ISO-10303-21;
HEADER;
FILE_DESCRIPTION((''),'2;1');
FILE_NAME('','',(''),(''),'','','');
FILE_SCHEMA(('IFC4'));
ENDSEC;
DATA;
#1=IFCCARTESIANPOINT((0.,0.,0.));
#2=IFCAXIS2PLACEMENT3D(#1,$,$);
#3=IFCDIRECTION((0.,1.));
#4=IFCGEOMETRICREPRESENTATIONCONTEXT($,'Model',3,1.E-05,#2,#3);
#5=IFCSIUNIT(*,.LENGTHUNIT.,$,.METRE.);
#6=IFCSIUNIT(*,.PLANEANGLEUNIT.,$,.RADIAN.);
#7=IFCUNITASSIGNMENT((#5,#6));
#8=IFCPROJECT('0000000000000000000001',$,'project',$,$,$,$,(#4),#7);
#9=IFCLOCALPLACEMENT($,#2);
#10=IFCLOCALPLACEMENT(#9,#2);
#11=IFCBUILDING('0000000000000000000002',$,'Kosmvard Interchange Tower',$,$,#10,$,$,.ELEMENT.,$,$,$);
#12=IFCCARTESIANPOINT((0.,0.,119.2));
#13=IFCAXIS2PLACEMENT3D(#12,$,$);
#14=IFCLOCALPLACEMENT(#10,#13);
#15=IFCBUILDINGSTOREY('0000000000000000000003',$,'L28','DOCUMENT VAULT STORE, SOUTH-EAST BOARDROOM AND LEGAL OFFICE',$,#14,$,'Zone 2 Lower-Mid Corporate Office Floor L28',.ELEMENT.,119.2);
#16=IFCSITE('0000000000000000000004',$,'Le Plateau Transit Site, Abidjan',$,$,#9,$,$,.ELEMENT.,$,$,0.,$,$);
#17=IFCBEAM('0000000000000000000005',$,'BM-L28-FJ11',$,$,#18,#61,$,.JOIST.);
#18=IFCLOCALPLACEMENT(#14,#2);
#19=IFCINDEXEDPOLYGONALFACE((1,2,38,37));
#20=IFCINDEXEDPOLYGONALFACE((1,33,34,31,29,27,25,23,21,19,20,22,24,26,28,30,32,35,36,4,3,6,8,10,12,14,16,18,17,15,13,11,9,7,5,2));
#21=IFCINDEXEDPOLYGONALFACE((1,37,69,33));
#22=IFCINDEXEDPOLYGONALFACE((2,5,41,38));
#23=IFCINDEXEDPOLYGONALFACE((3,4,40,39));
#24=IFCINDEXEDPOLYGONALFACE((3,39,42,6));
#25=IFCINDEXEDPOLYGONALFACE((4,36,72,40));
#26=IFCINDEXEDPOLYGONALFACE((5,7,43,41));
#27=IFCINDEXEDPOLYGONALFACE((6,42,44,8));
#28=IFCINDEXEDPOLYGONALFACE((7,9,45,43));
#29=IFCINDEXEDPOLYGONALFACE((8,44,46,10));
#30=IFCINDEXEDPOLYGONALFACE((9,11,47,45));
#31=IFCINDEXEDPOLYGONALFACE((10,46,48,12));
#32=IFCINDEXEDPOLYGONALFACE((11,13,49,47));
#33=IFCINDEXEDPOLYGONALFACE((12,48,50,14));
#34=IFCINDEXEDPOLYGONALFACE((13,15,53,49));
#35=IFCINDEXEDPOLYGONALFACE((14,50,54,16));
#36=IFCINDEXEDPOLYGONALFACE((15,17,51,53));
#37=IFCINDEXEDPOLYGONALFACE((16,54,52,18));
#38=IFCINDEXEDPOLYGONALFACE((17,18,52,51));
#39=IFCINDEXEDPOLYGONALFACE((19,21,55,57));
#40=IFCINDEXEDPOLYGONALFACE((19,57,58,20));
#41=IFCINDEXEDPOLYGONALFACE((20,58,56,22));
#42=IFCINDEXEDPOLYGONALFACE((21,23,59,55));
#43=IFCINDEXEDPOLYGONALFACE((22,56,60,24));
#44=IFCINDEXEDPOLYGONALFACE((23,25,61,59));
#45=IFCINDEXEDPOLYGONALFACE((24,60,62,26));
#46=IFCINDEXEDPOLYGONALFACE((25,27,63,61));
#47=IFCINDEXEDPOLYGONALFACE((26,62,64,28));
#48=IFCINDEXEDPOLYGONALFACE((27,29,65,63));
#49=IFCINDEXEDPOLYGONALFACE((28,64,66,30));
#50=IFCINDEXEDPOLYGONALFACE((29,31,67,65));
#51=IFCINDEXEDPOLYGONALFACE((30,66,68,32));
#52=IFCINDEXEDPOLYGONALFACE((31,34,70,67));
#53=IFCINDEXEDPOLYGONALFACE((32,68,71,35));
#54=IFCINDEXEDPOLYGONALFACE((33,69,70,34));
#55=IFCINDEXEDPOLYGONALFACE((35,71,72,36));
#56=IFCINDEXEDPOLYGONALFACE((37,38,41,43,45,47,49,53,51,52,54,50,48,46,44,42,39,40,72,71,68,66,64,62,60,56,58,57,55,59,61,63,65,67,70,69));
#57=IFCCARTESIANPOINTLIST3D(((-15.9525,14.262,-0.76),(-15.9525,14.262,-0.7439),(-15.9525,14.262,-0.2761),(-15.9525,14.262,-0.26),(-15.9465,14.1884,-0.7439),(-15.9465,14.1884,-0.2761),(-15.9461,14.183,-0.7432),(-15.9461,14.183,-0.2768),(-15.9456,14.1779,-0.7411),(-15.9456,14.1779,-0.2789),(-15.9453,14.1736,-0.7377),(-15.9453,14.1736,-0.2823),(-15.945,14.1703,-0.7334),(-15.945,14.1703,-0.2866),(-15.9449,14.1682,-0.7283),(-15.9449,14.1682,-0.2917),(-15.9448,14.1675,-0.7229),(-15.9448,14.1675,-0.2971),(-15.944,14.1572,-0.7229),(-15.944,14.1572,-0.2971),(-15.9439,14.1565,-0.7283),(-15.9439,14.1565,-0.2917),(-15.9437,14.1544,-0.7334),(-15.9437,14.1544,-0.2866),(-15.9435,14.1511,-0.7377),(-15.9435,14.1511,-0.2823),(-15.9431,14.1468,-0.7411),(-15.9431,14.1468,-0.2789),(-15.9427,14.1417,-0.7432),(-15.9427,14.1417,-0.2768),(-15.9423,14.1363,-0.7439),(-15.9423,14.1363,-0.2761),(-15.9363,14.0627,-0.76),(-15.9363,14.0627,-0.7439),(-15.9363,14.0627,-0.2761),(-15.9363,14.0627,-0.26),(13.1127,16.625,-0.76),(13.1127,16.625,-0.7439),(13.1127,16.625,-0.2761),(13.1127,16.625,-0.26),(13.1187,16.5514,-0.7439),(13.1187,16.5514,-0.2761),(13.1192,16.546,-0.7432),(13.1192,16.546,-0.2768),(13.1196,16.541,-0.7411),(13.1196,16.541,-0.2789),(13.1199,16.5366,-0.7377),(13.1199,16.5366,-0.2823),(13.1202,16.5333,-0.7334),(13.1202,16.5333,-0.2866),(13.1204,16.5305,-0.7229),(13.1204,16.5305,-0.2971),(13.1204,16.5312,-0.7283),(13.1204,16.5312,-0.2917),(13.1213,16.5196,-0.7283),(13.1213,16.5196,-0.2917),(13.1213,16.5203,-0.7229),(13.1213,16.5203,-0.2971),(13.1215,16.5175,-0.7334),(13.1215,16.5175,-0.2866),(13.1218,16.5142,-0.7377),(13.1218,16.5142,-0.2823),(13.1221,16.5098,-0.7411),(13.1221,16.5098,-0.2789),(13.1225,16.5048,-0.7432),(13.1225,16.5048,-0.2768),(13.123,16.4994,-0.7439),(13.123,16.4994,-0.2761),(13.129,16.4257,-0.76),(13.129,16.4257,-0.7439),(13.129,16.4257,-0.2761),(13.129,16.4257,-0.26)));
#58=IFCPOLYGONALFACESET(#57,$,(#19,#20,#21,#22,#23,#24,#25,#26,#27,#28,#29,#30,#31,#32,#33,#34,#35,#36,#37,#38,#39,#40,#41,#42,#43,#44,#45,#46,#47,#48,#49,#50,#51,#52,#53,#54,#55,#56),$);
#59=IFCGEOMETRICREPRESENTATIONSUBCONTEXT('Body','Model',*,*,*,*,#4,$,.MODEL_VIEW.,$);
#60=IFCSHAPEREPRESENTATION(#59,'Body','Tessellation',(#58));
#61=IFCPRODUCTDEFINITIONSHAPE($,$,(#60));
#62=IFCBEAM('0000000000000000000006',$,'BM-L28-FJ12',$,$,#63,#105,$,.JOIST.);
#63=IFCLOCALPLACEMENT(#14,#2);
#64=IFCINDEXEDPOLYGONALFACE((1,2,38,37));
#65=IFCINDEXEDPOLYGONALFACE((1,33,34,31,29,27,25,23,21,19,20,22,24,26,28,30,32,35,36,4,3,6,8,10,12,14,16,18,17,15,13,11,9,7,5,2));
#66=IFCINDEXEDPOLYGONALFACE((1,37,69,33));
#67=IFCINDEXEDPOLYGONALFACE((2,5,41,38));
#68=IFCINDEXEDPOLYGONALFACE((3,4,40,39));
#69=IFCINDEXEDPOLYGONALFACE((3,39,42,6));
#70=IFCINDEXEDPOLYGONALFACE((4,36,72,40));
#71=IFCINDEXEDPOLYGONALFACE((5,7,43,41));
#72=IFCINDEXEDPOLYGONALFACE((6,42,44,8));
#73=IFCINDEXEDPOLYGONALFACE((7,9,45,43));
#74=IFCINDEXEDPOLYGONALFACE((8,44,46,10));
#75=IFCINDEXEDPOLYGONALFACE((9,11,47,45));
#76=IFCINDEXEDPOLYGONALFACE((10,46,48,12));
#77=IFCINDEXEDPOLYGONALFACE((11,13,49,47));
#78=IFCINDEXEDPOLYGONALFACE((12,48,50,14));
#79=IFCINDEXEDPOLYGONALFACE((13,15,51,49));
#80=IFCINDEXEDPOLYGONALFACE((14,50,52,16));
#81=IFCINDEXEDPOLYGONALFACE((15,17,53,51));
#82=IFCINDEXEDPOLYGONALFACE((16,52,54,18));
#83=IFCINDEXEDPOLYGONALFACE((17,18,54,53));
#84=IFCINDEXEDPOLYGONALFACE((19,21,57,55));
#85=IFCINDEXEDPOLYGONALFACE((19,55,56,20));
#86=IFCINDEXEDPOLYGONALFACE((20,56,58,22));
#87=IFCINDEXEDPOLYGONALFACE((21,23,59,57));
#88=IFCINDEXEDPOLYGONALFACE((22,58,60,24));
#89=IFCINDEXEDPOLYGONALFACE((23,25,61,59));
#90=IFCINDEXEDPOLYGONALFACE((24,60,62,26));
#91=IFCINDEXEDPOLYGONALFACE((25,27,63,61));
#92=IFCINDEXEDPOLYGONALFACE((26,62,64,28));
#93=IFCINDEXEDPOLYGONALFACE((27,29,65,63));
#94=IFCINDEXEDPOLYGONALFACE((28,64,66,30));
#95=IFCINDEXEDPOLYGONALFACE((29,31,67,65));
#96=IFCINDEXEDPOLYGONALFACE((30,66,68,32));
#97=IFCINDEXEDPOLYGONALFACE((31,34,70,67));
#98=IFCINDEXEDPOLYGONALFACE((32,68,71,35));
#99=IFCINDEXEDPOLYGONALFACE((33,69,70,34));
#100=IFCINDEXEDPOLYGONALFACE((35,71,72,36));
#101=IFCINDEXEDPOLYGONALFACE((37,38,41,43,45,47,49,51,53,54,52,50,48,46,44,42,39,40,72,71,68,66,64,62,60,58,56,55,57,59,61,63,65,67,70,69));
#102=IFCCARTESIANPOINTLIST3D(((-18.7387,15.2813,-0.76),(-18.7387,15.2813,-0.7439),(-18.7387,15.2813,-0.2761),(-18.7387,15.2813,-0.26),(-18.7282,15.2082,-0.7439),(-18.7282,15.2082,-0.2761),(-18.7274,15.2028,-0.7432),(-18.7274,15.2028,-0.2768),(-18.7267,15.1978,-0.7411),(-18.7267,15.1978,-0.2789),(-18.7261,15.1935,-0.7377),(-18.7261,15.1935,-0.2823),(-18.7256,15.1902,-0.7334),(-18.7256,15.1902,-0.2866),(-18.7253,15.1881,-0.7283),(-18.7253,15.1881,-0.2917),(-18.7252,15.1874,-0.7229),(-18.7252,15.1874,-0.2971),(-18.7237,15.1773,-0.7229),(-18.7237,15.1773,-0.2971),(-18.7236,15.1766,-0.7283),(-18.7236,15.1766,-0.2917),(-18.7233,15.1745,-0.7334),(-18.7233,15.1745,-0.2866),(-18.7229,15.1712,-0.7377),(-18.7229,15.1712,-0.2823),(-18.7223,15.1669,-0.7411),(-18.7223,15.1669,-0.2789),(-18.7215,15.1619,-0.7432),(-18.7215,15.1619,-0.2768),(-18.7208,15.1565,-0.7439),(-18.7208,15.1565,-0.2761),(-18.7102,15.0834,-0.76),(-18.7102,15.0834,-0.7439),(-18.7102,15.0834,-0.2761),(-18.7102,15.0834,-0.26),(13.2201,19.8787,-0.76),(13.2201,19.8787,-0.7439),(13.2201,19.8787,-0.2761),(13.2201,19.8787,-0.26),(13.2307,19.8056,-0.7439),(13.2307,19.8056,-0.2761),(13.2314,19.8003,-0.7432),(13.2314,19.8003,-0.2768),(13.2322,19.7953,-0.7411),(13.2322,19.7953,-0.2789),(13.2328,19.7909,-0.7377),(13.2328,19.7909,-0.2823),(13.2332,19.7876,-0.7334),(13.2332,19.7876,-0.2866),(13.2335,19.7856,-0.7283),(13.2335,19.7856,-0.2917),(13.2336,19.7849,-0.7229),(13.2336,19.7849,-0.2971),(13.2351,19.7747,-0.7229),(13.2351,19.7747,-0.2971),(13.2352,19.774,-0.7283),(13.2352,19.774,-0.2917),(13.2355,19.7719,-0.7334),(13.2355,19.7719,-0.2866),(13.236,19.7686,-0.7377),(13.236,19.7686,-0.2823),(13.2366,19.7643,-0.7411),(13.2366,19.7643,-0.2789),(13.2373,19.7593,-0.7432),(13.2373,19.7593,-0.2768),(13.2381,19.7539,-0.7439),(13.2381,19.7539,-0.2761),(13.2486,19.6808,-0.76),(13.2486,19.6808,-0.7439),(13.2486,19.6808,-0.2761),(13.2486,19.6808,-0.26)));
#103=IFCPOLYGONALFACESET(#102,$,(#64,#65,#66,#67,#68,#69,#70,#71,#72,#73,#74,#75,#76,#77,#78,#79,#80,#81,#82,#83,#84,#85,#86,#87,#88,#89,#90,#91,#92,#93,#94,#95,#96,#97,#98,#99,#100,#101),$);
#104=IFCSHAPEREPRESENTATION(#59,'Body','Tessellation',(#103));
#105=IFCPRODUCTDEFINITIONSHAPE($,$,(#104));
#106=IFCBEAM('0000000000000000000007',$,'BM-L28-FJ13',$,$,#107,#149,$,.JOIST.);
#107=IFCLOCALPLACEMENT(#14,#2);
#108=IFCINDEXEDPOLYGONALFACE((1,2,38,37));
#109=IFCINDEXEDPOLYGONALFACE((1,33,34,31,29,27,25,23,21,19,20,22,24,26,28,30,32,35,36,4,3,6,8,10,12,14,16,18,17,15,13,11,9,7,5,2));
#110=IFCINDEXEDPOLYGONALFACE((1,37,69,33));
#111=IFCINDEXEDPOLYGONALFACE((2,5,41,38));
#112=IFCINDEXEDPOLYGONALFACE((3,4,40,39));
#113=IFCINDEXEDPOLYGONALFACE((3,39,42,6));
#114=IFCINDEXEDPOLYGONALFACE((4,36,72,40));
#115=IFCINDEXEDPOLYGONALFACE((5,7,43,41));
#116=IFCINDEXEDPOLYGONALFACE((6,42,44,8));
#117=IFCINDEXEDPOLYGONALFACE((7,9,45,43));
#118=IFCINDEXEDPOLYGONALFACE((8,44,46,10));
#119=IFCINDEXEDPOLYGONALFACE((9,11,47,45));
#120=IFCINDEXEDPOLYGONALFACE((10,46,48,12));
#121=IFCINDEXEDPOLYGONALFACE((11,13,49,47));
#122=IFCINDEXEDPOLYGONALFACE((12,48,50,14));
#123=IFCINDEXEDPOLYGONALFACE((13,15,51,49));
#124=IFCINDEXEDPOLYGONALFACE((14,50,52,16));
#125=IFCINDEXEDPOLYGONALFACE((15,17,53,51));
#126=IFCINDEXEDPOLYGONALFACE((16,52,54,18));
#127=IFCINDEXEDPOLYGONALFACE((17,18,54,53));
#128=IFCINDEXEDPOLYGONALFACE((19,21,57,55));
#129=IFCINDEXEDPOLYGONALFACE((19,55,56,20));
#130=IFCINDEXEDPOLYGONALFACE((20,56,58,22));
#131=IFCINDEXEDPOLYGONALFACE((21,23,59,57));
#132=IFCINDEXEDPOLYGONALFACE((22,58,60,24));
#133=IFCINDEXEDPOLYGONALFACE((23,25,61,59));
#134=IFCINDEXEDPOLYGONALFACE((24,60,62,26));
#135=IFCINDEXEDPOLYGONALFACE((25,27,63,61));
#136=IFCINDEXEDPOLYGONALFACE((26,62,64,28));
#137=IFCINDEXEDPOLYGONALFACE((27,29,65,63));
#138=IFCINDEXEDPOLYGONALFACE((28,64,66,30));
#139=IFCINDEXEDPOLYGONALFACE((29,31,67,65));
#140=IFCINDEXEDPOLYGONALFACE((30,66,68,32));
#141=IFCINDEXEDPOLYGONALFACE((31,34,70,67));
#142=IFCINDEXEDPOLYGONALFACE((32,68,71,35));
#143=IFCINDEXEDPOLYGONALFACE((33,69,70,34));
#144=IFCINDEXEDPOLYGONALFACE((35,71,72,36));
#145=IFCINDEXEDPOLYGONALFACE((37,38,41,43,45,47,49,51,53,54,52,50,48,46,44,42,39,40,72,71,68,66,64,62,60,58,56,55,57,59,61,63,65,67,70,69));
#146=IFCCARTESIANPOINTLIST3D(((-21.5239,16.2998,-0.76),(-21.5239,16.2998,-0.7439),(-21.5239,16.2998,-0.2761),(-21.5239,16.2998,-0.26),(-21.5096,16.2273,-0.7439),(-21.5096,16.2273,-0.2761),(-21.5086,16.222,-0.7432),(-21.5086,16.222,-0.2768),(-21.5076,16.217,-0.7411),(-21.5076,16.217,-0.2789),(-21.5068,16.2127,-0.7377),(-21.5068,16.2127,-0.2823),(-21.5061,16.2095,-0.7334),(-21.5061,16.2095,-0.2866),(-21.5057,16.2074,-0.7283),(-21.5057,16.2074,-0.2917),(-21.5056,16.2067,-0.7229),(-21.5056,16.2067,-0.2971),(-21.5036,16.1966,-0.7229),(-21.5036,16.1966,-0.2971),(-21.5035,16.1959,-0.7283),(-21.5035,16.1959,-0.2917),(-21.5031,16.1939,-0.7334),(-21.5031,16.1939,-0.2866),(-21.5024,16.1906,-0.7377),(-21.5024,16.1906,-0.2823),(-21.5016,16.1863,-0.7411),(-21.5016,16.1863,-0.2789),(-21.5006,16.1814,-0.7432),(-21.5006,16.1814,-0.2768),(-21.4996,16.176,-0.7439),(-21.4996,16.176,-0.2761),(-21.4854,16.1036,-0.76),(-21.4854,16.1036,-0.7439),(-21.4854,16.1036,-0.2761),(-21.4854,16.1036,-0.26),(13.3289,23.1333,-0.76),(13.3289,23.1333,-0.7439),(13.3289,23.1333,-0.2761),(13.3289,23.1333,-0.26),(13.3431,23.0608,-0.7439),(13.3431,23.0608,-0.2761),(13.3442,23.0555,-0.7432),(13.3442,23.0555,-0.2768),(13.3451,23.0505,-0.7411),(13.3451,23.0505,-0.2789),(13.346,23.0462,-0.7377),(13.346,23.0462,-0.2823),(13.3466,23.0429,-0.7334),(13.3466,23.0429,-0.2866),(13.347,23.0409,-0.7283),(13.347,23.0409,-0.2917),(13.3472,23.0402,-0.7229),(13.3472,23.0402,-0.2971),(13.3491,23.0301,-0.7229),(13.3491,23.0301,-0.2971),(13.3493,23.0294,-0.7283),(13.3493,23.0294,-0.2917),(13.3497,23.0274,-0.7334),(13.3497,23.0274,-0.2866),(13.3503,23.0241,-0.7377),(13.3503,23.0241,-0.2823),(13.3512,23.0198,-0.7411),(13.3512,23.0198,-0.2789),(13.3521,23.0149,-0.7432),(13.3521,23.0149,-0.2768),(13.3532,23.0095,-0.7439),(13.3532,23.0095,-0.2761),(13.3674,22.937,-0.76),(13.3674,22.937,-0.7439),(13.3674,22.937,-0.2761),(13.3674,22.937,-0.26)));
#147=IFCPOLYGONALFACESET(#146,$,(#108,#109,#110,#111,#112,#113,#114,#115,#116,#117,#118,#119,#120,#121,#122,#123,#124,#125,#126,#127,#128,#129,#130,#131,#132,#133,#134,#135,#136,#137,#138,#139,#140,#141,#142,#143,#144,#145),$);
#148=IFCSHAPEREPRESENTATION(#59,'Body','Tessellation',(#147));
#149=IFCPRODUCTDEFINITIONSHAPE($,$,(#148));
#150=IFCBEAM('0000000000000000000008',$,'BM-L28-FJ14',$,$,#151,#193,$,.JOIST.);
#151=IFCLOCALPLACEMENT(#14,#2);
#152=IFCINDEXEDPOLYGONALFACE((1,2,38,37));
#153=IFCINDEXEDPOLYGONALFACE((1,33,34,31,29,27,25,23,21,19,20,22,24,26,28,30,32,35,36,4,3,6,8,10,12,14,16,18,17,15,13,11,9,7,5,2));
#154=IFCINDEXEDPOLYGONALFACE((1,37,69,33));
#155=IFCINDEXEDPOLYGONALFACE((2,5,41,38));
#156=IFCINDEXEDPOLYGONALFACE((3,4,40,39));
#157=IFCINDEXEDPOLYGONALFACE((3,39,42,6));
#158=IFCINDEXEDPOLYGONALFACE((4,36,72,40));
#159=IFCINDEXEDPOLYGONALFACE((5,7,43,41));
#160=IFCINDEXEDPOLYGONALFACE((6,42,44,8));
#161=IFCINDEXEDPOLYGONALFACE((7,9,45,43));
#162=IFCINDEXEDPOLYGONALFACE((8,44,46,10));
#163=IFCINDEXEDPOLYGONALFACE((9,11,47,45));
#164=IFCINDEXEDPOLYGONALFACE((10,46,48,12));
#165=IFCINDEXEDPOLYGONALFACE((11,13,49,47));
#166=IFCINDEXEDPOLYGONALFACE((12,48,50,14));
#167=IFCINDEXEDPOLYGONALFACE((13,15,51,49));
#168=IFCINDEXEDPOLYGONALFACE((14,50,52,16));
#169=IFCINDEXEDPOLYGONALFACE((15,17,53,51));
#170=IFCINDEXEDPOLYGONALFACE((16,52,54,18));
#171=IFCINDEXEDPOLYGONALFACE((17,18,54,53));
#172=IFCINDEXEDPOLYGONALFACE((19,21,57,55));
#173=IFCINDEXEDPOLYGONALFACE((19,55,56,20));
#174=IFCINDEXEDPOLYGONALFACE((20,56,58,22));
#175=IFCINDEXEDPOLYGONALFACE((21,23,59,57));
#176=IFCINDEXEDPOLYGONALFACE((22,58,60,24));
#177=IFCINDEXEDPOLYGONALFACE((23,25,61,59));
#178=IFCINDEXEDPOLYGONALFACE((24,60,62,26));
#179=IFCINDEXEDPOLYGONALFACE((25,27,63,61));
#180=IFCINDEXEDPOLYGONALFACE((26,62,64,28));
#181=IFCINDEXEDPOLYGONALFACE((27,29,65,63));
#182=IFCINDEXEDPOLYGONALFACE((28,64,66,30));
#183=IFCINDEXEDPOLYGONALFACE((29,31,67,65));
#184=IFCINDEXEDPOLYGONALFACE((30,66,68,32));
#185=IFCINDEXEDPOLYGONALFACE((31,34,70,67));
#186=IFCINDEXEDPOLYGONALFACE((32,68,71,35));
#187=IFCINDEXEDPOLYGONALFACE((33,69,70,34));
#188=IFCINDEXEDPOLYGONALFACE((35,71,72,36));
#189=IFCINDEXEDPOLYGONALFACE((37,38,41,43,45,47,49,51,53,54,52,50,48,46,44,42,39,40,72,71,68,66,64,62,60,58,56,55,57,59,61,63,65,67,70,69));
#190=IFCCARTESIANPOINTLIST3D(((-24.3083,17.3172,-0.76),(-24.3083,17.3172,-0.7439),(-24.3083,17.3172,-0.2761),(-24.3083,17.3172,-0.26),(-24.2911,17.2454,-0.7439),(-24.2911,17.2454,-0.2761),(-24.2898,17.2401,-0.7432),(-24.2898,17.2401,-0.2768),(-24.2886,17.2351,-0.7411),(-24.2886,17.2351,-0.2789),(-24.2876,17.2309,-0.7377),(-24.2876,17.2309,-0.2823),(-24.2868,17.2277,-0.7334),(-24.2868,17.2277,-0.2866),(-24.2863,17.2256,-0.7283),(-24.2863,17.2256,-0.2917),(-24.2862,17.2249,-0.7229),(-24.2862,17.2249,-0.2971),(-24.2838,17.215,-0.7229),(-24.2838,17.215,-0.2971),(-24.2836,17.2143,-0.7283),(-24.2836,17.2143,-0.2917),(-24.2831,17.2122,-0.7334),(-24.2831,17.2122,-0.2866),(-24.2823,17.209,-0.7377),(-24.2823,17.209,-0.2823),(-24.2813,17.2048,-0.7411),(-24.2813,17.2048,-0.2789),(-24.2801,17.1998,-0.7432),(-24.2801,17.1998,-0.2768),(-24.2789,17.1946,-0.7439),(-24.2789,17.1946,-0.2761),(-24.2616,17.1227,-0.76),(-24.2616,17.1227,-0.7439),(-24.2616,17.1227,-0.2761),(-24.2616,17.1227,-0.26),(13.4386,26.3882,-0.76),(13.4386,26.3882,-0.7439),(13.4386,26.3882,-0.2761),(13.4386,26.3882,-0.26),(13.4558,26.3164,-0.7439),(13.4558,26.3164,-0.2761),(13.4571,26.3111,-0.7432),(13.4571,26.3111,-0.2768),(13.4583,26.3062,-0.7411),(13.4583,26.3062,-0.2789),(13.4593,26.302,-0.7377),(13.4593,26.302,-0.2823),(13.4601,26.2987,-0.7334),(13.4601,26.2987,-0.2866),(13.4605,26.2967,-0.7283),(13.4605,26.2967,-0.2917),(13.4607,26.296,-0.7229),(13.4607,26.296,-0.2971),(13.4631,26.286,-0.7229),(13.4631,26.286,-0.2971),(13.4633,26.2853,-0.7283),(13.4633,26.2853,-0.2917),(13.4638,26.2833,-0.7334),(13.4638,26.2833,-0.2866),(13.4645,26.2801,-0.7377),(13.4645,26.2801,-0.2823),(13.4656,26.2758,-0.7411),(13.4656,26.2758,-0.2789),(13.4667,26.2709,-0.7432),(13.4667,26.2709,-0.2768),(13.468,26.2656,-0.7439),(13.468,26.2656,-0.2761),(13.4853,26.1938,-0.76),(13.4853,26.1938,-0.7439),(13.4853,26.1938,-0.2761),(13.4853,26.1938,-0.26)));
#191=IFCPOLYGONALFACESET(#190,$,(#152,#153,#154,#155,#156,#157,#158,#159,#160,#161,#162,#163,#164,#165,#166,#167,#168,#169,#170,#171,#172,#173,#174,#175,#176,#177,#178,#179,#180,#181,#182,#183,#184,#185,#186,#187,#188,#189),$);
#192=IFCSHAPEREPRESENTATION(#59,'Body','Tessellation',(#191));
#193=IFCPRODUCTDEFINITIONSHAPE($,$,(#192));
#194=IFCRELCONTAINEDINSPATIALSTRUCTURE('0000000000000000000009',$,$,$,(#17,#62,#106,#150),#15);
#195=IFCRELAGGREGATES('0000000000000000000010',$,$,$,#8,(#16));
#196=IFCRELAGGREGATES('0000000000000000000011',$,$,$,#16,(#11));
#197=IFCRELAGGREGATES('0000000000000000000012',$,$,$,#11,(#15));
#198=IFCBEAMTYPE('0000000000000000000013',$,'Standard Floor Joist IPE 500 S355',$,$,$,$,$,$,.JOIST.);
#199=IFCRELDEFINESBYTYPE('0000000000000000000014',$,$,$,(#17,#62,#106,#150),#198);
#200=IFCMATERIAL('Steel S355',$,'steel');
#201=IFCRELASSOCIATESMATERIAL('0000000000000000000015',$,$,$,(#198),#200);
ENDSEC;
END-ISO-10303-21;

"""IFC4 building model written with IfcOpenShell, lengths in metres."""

from ifc_helpers import new_model, si_unit, direction, frame, origin, origin_2d, place, context, subcontext, project, spatial, i_section, extrude, source, transform, mapped, material, material_profile, profile_set, type_object, element, save


model = new_model("IFC4")

# Units and contexts
model_context = context("Model", 3, precision=1e-05, world=origin(), true_north=direction((0.0, 1.0)))
body_context = subcontext(model_context, "Body", "Model", "MODEL_VIEW")
ifc_project = project(units=[si_unit("LENGTHUNIT", "METRE"), si_unit("PLANEANGLEUNIT", "RADIAN")], contexts=[model_context])

# Site, building, storey
site_placement = place(None, origin())
site = spatial("IfcSite", under=ifc_project, at=site_placement, Name="Le Plateau Transit Site, Abidjan", CompositionType="ELEMENT", RefElevation=0.0)
building_placement = place(site_placement, origin())
building = spatial("IfcBuilding", under=site, at=building_placement, Name="Kosmvard Interchange Tower", CompositionType="ELEMENT")
storey_placement = place(building_placement, frame((0.0, 0.0, 119.2)))
storey = spatial("IfcBuildingStorey", under=building, at=storey_placement, Name="L28", Description="DOCUMENT VAULT STORE, SOUTH-EAST BOARDROOM AND LEGAL OFFICE", LongName="Zone 2 Lower-Mid Corporate Office Floor L28", CompositionType="ELEMENT", Elevation=119.2)

# Beams
ifc_material_1 = material(Name="Steel S355", Category="steel")
ifc_material_profile_1 = material_profile(ifc_material_1, i_section(OverallWidth=0.2, OverallDepth=0.5, WebThickness=0.0103, FlangeThickness=0.0161, FilletRadius=0.021, at=origin_2d()), Name="IPE 500")
ifc_profile_set_1 = profile_set([ifc_material_profile_1], Name="Steel S355")
beam_type_1 = type_object("IfcBeamType", Name="Standard Floor Joist IPE 500 S355", PredefinedType="JOIST", material=ifc_profile_set_1)
shared_shape_1 = source(origin(), body_context, "Body", "SweptSolid", [
    extrude(i_section(OverallWidth=0.2, OverallDepth=0.5, WebThickness=0.0103, FlangeThickness=0.0161, FilletRadius=0.021, at=origin_2d()), origin(), (0.0, 0.0, 1.0), 29.1611),
])
beam_1_placement = place(storey_placement, frame((13.1208, 16.5254, -0.51), z_axis=(-0.996711, -0.081034, 0.0), x_axis=(0.081034, -0.996711, 0.0)))
element("IfcBeam", 1, at=beam_1_placement, inside=storey, type_object=beam_type_1, Name="BM-L28-FJ11", PredefinedType="JOIST", context=body_context, shape_type="MappedRepresentation", body=[
    mapped(shared_shape_1, transform((0.0, 0.0, 0.0), scale=1.0)),
])
shared_shape_2 = source(origin(), body_context, "Body", "SweptSolid", [
    extrude(i_section(OverallWidth=0.2, OverallDepth=0.5, WebThickness=0.0103, FlangeThickness=0.0161, FilletRadius=0.021, at=origin_2d()), origin(), (0.0, 0.0, 1.0), 32.2878),
])
beam_2_placement = place(storey_placement, frame((13.2344, 19.7798, -0.51), z_axis=(-0.989811, -0.142389, 0.0), x_axis=(0.142389, -0.989811, 0.0)))
element("IfcBeam", 2, at=beam_2_placement, inside=storey, type_object=beam_type_1, Name="BM-L28-FJ12", PredefinedType="JOIST", context=body_context, shape_type="MappedRepresentation", body=[
    mapped(shared_shape_2, transform((0.0, 0.0, 0.0), scale=1.0)),
])
shared_shape_3 = source(origin(), body_context, "Body", "SweptSolid", [
    extrude(i_section(OverallWidth=0.2, OverallDepth=0.5, WebThickness=0.0103, FlangeThickness=0.0161, FilletRadius=0.021, at=origin_2d()), origin(), (0.0, 0.0, 1.0), 35.5164),
])
beam_3_placement = place(storey_placement, frame((13.3481, 23.0352, -0.51), z_axis=(-0.981316, -0.192404, 0.0), x_axis=(0.192404, -0.981316, 0.0)))
element("IfcBeam", 3, at=beam_3_placement, inside=storey, type_object=beam_type_1, Name="BM-L28-FJ13", PredefinedType="JOIST", context=body_context, shape_type="MappedRepresentation", body=[
    mapped(shared_shape_3, transform((0.0, 0.0, 0.0), scale=1.0)),
])
shared_shape_4 = source(origin(), body_context, "Body", "SweptSolid", [
    extrude(i_section(OverallWidth=0.2, OverallDepth=0.5, WebThickness=0.0103, FlangeThickness=0.0161, FilletRadius=0.021, at=origin_2d()), origin(), (0.0, 0.0, 1.0), 38.8215),
])
beam_4_placement = place(storey_placement, frame((13.4619, 26.291, -0.51), z_axis=(-0.972318, -0.233661, 0.0), x_axis=(0.233661, -0.972318, 0.0)))
element("IfcBeam", 4, at=beam_4_placement, inside=storey, type_object=beam_type_1, Name="BM-L28-FJ14", PredefinedType="JOIST", context=body_context, shape_type="MappedRepresentation", body=[
    mapped(shared_shape_4, transform((0.0, 0.0, 0.0), scale=1.0)),
])

save(model, "model.ifc")
